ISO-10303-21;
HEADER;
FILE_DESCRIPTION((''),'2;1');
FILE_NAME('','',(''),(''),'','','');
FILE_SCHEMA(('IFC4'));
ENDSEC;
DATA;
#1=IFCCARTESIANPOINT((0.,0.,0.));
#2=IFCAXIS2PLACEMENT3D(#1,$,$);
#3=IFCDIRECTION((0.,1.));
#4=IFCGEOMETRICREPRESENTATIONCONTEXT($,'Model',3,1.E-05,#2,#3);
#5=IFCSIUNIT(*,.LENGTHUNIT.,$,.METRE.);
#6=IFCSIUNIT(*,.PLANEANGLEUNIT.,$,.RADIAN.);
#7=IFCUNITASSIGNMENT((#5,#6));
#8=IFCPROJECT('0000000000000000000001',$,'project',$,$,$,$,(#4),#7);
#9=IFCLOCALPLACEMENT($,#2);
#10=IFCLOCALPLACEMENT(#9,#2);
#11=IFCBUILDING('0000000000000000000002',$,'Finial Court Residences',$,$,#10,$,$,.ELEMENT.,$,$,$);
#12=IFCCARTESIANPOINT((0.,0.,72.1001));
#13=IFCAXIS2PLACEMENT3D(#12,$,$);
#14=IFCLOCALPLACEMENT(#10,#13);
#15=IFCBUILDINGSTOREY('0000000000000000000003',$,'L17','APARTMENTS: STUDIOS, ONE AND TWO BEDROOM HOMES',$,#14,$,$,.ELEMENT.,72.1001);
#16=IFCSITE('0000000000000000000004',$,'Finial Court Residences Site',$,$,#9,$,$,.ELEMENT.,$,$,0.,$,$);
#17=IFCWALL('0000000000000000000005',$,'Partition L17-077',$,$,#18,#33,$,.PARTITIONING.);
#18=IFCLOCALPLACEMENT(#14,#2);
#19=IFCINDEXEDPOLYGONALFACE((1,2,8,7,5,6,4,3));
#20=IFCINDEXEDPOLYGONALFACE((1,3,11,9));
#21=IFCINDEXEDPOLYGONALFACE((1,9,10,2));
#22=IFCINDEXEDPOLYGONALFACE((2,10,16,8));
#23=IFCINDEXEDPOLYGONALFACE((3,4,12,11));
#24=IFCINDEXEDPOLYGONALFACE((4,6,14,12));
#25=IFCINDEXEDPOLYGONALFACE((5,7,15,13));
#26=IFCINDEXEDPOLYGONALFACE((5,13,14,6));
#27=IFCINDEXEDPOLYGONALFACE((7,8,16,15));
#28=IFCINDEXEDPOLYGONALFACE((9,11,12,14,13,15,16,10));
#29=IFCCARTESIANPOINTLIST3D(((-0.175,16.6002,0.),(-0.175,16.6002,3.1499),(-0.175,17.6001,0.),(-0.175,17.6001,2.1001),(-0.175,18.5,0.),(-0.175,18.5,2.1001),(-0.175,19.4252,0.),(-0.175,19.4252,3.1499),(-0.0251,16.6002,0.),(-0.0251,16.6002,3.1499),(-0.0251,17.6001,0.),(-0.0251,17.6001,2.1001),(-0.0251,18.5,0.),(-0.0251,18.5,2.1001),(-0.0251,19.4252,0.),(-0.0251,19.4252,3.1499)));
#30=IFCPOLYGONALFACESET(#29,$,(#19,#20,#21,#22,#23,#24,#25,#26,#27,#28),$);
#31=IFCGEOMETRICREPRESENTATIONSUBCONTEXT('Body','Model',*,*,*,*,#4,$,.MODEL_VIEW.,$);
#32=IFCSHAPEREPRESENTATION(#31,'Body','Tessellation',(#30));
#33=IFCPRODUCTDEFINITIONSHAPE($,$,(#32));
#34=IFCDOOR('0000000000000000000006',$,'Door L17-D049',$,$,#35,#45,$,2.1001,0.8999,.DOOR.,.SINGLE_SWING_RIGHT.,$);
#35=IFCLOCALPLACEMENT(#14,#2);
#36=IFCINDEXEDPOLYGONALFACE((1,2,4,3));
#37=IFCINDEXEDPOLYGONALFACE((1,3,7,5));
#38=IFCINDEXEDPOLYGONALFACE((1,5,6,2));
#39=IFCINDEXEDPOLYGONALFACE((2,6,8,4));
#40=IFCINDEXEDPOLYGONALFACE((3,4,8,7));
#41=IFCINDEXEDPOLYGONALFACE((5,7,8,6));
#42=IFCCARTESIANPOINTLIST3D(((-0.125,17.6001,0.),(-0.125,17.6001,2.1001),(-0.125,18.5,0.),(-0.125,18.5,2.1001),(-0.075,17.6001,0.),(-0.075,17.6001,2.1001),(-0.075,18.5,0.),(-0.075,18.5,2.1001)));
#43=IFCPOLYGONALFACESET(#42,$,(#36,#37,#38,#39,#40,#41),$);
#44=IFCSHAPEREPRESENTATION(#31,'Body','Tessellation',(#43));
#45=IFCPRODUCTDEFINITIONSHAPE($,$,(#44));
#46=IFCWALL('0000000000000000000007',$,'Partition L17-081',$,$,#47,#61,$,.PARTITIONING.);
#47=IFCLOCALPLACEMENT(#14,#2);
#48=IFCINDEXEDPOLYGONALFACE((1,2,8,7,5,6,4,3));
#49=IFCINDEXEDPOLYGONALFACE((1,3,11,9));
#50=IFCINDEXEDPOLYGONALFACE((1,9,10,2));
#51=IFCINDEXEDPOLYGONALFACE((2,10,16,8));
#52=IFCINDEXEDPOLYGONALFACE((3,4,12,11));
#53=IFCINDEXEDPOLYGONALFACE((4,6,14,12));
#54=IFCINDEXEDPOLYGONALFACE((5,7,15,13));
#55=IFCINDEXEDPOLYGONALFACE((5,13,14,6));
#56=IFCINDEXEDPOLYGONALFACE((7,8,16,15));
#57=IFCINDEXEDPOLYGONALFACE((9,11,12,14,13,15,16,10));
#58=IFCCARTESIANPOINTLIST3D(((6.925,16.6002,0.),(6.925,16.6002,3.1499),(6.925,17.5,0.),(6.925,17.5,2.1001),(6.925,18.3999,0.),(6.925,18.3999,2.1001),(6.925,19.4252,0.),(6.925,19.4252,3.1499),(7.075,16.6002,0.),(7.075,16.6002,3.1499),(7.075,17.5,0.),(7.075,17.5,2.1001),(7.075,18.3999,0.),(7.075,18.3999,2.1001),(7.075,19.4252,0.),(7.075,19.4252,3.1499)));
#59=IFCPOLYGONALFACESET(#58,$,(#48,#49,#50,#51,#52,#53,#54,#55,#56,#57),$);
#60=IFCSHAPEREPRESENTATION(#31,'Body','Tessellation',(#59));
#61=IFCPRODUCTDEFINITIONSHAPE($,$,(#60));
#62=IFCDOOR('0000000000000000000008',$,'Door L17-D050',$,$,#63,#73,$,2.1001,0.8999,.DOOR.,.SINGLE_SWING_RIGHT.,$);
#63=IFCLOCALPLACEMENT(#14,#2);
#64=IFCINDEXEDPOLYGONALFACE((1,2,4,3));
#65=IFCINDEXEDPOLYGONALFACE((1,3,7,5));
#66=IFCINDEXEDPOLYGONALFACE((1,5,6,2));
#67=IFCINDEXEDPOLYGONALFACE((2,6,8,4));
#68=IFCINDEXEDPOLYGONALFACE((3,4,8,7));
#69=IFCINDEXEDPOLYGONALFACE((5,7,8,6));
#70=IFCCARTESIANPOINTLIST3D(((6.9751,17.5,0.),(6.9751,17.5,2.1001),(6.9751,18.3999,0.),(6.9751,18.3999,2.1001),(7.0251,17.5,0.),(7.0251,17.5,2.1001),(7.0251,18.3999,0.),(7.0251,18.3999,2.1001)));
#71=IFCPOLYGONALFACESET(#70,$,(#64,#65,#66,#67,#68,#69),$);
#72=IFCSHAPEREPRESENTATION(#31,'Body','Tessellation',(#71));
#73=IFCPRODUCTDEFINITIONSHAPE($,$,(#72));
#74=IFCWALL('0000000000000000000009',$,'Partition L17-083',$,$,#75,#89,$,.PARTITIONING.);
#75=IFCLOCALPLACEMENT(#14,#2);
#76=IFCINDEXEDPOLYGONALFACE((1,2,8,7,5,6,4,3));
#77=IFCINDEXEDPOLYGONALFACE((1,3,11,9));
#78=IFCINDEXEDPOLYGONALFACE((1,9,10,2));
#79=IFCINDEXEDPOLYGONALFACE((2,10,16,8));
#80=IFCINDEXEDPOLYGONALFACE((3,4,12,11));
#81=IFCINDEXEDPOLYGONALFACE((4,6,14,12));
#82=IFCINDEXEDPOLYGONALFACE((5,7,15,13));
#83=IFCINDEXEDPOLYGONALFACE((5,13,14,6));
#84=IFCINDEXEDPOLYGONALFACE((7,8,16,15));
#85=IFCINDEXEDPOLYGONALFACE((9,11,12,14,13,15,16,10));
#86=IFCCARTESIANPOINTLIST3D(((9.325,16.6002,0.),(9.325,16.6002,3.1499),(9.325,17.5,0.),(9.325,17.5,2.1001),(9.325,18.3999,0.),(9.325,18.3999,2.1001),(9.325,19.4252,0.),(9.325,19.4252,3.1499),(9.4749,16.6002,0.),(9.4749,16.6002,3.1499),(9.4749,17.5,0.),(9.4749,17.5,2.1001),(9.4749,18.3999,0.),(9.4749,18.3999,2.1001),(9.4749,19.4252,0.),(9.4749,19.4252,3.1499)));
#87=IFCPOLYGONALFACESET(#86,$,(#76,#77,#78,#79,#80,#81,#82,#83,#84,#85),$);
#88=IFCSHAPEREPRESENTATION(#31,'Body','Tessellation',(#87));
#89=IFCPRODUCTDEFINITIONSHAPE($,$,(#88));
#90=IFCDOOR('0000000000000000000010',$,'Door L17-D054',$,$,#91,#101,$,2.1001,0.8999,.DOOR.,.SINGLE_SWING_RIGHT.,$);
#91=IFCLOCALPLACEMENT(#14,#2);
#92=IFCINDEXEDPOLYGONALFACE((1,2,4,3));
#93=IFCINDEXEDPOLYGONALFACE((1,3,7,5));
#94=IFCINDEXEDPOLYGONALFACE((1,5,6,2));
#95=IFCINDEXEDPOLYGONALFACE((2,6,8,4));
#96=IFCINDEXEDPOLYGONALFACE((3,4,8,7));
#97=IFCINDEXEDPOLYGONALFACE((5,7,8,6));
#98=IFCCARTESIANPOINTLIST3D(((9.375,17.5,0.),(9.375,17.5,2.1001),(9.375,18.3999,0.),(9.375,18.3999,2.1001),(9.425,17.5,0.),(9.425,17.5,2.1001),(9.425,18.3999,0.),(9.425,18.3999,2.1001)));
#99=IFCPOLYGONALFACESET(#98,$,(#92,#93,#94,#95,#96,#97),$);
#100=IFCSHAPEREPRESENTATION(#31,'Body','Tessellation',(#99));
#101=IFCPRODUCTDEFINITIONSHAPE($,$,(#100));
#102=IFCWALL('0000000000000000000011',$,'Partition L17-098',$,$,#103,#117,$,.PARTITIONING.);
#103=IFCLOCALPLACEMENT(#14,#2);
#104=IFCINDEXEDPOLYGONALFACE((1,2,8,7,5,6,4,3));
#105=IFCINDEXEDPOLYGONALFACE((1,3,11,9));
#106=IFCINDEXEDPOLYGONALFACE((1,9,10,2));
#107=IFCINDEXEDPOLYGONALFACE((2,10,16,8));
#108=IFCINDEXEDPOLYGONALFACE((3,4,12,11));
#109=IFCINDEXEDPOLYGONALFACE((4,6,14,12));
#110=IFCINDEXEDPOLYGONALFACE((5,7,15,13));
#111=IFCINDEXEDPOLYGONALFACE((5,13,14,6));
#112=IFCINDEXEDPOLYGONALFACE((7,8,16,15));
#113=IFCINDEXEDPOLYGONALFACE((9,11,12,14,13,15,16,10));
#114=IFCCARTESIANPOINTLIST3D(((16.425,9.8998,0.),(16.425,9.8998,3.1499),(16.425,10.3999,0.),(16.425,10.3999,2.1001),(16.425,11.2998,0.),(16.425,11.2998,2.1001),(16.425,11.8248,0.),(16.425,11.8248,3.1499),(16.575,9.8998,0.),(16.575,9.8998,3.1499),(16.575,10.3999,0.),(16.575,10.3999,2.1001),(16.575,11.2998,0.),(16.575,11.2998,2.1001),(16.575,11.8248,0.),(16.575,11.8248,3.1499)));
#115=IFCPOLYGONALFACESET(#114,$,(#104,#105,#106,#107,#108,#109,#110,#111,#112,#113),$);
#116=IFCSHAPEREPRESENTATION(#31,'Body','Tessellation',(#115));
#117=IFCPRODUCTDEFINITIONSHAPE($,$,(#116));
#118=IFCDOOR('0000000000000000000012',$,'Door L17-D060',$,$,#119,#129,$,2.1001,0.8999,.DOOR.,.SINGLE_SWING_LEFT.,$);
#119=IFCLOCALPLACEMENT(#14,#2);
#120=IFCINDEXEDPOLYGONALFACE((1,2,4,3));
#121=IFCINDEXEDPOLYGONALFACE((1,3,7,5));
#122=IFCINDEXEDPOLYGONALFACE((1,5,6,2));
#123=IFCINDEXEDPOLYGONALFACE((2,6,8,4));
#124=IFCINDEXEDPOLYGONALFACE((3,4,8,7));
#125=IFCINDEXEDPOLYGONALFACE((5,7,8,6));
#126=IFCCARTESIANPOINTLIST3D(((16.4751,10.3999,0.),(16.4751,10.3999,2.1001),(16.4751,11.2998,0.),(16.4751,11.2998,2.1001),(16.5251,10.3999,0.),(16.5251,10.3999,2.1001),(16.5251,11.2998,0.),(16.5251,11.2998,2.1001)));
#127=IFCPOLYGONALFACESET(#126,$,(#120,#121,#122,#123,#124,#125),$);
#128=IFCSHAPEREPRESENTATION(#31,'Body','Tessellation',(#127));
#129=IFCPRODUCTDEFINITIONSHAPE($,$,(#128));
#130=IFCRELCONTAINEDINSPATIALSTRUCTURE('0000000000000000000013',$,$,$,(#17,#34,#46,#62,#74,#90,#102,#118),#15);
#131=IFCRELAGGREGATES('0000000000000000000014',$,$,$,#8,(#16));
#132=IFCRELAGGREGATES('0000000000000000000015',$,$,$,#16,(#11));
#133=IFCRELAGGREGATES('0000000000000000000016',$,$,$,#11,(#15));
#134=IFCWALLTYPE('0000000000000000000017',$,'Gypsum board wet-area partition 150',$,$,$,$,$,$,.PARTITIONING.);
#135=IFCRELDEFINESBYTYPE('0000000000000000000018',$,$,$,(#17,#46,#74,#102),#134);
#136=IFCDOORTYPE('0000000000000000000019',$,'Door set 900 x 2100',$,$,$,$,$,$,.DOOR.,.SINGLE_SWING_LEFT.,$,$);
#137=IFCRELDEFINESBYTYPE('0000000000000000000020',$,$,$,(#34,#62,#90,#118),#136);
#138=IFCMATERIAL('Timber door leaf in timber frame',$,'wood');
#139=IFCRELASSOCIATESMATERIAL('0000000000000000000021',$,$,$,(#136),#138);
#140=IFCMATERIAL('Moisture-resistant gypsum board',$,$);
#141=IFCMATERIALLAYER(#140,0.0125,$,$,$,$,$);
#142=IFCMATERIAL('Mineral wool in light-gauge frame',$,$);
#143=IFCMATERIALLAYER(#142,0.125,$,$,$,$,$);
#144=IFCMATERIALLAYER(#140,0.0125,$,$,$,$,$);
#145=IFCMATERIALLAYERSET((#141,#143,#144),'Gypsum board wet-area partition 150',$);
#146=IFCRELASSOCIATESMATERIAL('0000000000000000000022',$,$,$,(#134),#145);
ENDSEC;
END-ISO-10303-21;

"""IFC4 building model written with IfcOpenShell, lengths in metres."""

from ifc_helpers import new_model, si_unit, direction, frame, frame_2d, origin, place, context, subcontext, project, spatial, rectangle, extrude, material, layer, layer_set, type_object, element, fill, save


model = new_model("IFC4")

# Units and contexts
model_context = context("Model", 3, precision=1e-05, world=origin(), true_north=direction((0.0, 1.0)))
body_context = subcontext(model_context, "Body", "Model", "MODEL_VIEW")
ifc_project = project(units=[si_unit("LENGTHUNIT", "METRE"), si_unit("PLANEANGLEUNIT", "RADIAN")], contexts=[model_context])

# Site, building, storey
site_placement = place(None, origin())
site = spatial("IfcSite", under=ifc_project, at=site_placement, Name="Finial Court Residences Site", CompositionType="ELEMENT", RefElevation=0.0)
building_placement = place(site_placement, origin())
building = spatial("IfcBuilding", under=site, at=building_placement, Name="Finial Court Residences", CompositionType="ELEMENT")
storey_placement = place(building_placement, frame((0.0, 0.0, 72.1001)))
storey = spatial("IfcBuildingStorey", under=building, at=storey_placement, Name="L17", Description="APARTMENTS: STUDIOS, ONE AND TWO BEDROOM HOMES", CompositionType="ELEMENT", Elevation=72.1001)

# Shared definitions
ifc_material_1 = material(Name="Mineral wool in light-gauge frame")

# Shared definitions
ifc_material_2 = material(Name="Timber door leaf in timber frame", Category="wood")
door_type = type_object("IfcDoorType", Name="Door set 900 x 2100", OperationType="SINGLE_SWING_LEFT", PredefinedType="DOOR", material=ifc_material_2)

# Shared definitions
ifc_material_3 = material(Name="Moisture-resistant gypsum board")
ifc_layer_1 = layer(ifc_material_3, 0.0125)
ifc_layer_2 = layer(ifc_material_1, 0.125)
ifc_layer_3 = layer(ifc_material_3, 0.0125)
ifc_layer_set_1 = layer_set([ifc_layer_1, ifc_layer_2, ifc_layer_3], Name="Gypsum board wet-area partition 150")
wall_type_1 = type_object("IfcWallType", Name="Gypsum board wet-area partition 150", PredefinedType="PARTITIONING", material=ifc_layer_set_1)

# Walls, openings, doors
wall_1_placement = place(storey_placement, frame((-0.1001, 16.6001, 0.0), z_axis=(0.0, 0.0, 1.0), x_axis=(0.0, 1.0, 0.0)))
wall_1 = element("IfcWall", 1, at=wall_1_placement, inside=storey, type_object=wall_type_1, Name="Partition L17-077", PredefinedType="PARTITIONING", context=body_context, shape_type="SweptSolid", body=[
    extrude(rectangle(XDim=2.825, YDim=0.1499, at=frame_2d((1.4126, 0.0))), origin(), (0.0, 0.0, 1.0), 3.1499),
])
opening_1_placement = place(wall_1_placement, frame((1.0, 0.0, 0.0)))
opening_1 = element("IfcOpeningElement", 2, at=opening_1_placement, cuts=wall_1, PredefinedType="OPENING", context=body_context, shape_type="SweptSolid", body=[
    extrude(rectangle(XDim=0.8999, YDim=2.1001, at=frame_2d((0.45, 1.05))), frame((0.0, 0.085, 0.0), z_axis=(0.0, -1.0, 0.0), x_axis=(1.0, 0.0, 0.0)), (0.0, 0.0, 1.0), 0.1699),
])
door_1_placement = place(opening_1_placement, origin())
door_1 = element("IfcDoor", 3, at=door_1_placement, inside=storey, type_object=door_type, Name="Door L17-D049", OperationType="SINGLE_SWING_RIGHT", OverallHeight=2.1001, OverallWidth=0.8999, PredefinedType="DOOR", context=body_context, shape_type="SweptSolid", body=[
    extrude(rectangle(XDim=0.8999, YDim=2.1001, at=frame_2d((0.45, 1.05))), frame((0.0, 0.0249, 0.0), z_axis=(0.0, -1.0, 0.0), x_axis=(1.0, 0.0, 0.0)), (0.0, 0.0, 1.0), 0.05),
])
fill(opening_1, door_1)
wall_2_placement = place(storey_placement, frame((7.0, 16.6001, 0.0), z_axis=(0.0, 0.0, 1.0), x_axis=(0.0, 1.0, 0.0)))
wall_2 = element("IfcWall", 4, at=wall_2_placement, inside=storey, type_object=wall_type_1, Name="Partition L17-081", PredefinedType="PARTITIONING", context=body_context, shape_type="SweptSolid", body=[
    extrude(rectangle(XDim=2.825, YDim=0.1499, at=frame_2d((1.4126, 0.0))), origin(), (0.0, 0.0, 1.0), 3.1499),
])
opening_2_placement = place(wall_2_placement, frame((0.8999, 0.0, 0.0)))
opening_2 = element("IfcOpeningElement", 5, at=opening_2_placement, cuts=wall_2, PredefinedType="OPENING", context=body_context, shape_type="SweptSolid", body=[
    extrude(rectangle(XDim=0.8999, YDim=2.1001, at=frame_2d((0.45, 1.05))), frame((0.0, 0.085, 0.0), z_axis=(0.0, -1.0, 0.0), x_axis=(1.0, 0.0, 0.0)), (0.0, 0.0, 1.0), 0.1699),
])
door_2_placement = place(opening_2_placement, origin())
door_2 = element("IfcDoor", 6, at=door_2_placement, inside=storey, type_object=door_type, Name="Door L17-D050", OperationType="SINGLE_SWING_RIGHT", OverallHeight=2.1001, OverallWidth=0.8999, PredefinedType="DOOR", context=body_context, shape_type="SweptSolid", body=[
    extrude(rectangle(XDim=0.8999, YDim=2.1001, at=frame_2d((0.45, 1.05))), frame((0.0, 0.0249, 0.0), z_axis=(0.0, -1.0, 0.0), x_axis=(1.0, 0.0, 0.0)), (0.0, 0.0, 1.0), 0.05),
])
fill(opening_2, door_2)
wall_3_placement = place(storey_placement, frame((9.3999, 16.6001, 0.0), z_axis=(0.0, 0.0, 1.0), x_axis=(0.0, 1.0, 0.0)))
wall_3 = element("IfcWall", 7, at=wall_3_placement, inside=storey, type_object=wall_type_1, Name="Partition L17-083", PredefinedType="PARTITIONING", context=body_context, shape_type="SweptSolid", body=[
    extrude(rectangle(XDim=2.825, YDim=0.1499, at=frame_2d((1.4126, 0.0))), origin(), (0.0, 0.0, 1.0), 3.1499),
])
opening_3_placement = place(wall_3_placement, frame((0.8999, 0.0, 0.0)))
opening_3 = element("IfcOpeningElement", 8, at=opening_3_placement, cuts=wall_3, PredefinedType="OPENING", context=body_context, shape_type="SweptSolid", body=[
    extrude(rectangle(XDim=0.8999, YDim=2.1001, at=frame_2d((0.45, 1.05))), frame((0.0, 0.085, 0.0), z_axis=(0.0, -1.0, 0.0), x_axis=(1.0, 0.0, 0.0)), (0.0, 0.0, 1.0), 0.1699),
])
door_3_placement = place(opening_3_placement, origin())
door_3 = element("IfcDoor", 9, at=door_3_placement, inside=storey, type_object=door_type, Name="Door L17-D054", OperationType="SINGLE_SWING_RIGHT", OverallHeight=2.1001, OverallWidth=0.8999, PredefinedType="DOOR", context=body_context, shape_type="SweptSolid", body=[
    extrude(rectangle(XDim=0.8999, YDim=2.1001, at=frame_2d((0.45, 1.05))), frame((0.0, 0.0249, 0.0), z_axis=(0.0, -1.0, 0.0), x_axis=(1.0, 0.0, 0.0)), (0.0, 0.0, 1.0), 0.05),
])
fill(opening_3, door_3)
wall_4_placement = place(storey_placement, frame((16.5, 9.8999, 0.0), z_axis=(0.0, 0.0, 1.0), x_axis=(0.0, 1.0, 0.0)))
wall_4 = element("IfcWall", 10, at=wall_4_placement, inside=storey, type_object=wall_type_1, Name="Partition L17-098", PredefinedType="PARTITIONING", context=body_context, shape_type="SweptSolid", body=[
    extrude(rectangle(XDim=1.925, YDim=0.1499, at=frame_2d((0.9624, 0.0))), origin(), (0.0, 0.0, 1.0), 3.1499),
])
opening_4_placement = place(wall_4_placement, frame((0.5, 0.0, 0.0)))
opening_4 = element("IfcOpeningElement", 11, at=opening_4_placement, cuts=wall_4, PredefinedType="OPENING", context=body_context, shape_type="SweptSolid", body=[
    extrude(rectangle(XDim=0.8999, YDim=2.1001, at=frame_2d((0.45, 1.05))), frame((0.0, 0.085, 0.0), z_axis=(0.0, -1.0, 0.0), x_axis=(1.0, 0.0, 0.0)), (0.0, 0.0, 1.0), 0.1699),
])
door_4_placement = place(opening_4_placement, origin())
door_4 = element("IfcDoor", 12, at=door_4_placement, inside=storey, type_object=door_type, Name="Door L17-D060", OperationType="SINGLE_SWING_LEFT", OverallHeight=2.1001, OverallWidth=0.8999, PredefinedType="DOOR", context=body_context, shape_type="SweptSolid", body=[
    extrude(rectangle(XDim=0.8999, YDim=2.1001, at=frame_2d((0.45, 1.05))), frame((0.0, 0.0249, 0.0), z_axis=(0.0, -1.0, 0.0), x_axis=(1.0, 0.0, 0.0)), (0.0, 0.0, 1.0), 0.05),
])
fill(opening_4, door_4)

save(model, "model.ifc")
